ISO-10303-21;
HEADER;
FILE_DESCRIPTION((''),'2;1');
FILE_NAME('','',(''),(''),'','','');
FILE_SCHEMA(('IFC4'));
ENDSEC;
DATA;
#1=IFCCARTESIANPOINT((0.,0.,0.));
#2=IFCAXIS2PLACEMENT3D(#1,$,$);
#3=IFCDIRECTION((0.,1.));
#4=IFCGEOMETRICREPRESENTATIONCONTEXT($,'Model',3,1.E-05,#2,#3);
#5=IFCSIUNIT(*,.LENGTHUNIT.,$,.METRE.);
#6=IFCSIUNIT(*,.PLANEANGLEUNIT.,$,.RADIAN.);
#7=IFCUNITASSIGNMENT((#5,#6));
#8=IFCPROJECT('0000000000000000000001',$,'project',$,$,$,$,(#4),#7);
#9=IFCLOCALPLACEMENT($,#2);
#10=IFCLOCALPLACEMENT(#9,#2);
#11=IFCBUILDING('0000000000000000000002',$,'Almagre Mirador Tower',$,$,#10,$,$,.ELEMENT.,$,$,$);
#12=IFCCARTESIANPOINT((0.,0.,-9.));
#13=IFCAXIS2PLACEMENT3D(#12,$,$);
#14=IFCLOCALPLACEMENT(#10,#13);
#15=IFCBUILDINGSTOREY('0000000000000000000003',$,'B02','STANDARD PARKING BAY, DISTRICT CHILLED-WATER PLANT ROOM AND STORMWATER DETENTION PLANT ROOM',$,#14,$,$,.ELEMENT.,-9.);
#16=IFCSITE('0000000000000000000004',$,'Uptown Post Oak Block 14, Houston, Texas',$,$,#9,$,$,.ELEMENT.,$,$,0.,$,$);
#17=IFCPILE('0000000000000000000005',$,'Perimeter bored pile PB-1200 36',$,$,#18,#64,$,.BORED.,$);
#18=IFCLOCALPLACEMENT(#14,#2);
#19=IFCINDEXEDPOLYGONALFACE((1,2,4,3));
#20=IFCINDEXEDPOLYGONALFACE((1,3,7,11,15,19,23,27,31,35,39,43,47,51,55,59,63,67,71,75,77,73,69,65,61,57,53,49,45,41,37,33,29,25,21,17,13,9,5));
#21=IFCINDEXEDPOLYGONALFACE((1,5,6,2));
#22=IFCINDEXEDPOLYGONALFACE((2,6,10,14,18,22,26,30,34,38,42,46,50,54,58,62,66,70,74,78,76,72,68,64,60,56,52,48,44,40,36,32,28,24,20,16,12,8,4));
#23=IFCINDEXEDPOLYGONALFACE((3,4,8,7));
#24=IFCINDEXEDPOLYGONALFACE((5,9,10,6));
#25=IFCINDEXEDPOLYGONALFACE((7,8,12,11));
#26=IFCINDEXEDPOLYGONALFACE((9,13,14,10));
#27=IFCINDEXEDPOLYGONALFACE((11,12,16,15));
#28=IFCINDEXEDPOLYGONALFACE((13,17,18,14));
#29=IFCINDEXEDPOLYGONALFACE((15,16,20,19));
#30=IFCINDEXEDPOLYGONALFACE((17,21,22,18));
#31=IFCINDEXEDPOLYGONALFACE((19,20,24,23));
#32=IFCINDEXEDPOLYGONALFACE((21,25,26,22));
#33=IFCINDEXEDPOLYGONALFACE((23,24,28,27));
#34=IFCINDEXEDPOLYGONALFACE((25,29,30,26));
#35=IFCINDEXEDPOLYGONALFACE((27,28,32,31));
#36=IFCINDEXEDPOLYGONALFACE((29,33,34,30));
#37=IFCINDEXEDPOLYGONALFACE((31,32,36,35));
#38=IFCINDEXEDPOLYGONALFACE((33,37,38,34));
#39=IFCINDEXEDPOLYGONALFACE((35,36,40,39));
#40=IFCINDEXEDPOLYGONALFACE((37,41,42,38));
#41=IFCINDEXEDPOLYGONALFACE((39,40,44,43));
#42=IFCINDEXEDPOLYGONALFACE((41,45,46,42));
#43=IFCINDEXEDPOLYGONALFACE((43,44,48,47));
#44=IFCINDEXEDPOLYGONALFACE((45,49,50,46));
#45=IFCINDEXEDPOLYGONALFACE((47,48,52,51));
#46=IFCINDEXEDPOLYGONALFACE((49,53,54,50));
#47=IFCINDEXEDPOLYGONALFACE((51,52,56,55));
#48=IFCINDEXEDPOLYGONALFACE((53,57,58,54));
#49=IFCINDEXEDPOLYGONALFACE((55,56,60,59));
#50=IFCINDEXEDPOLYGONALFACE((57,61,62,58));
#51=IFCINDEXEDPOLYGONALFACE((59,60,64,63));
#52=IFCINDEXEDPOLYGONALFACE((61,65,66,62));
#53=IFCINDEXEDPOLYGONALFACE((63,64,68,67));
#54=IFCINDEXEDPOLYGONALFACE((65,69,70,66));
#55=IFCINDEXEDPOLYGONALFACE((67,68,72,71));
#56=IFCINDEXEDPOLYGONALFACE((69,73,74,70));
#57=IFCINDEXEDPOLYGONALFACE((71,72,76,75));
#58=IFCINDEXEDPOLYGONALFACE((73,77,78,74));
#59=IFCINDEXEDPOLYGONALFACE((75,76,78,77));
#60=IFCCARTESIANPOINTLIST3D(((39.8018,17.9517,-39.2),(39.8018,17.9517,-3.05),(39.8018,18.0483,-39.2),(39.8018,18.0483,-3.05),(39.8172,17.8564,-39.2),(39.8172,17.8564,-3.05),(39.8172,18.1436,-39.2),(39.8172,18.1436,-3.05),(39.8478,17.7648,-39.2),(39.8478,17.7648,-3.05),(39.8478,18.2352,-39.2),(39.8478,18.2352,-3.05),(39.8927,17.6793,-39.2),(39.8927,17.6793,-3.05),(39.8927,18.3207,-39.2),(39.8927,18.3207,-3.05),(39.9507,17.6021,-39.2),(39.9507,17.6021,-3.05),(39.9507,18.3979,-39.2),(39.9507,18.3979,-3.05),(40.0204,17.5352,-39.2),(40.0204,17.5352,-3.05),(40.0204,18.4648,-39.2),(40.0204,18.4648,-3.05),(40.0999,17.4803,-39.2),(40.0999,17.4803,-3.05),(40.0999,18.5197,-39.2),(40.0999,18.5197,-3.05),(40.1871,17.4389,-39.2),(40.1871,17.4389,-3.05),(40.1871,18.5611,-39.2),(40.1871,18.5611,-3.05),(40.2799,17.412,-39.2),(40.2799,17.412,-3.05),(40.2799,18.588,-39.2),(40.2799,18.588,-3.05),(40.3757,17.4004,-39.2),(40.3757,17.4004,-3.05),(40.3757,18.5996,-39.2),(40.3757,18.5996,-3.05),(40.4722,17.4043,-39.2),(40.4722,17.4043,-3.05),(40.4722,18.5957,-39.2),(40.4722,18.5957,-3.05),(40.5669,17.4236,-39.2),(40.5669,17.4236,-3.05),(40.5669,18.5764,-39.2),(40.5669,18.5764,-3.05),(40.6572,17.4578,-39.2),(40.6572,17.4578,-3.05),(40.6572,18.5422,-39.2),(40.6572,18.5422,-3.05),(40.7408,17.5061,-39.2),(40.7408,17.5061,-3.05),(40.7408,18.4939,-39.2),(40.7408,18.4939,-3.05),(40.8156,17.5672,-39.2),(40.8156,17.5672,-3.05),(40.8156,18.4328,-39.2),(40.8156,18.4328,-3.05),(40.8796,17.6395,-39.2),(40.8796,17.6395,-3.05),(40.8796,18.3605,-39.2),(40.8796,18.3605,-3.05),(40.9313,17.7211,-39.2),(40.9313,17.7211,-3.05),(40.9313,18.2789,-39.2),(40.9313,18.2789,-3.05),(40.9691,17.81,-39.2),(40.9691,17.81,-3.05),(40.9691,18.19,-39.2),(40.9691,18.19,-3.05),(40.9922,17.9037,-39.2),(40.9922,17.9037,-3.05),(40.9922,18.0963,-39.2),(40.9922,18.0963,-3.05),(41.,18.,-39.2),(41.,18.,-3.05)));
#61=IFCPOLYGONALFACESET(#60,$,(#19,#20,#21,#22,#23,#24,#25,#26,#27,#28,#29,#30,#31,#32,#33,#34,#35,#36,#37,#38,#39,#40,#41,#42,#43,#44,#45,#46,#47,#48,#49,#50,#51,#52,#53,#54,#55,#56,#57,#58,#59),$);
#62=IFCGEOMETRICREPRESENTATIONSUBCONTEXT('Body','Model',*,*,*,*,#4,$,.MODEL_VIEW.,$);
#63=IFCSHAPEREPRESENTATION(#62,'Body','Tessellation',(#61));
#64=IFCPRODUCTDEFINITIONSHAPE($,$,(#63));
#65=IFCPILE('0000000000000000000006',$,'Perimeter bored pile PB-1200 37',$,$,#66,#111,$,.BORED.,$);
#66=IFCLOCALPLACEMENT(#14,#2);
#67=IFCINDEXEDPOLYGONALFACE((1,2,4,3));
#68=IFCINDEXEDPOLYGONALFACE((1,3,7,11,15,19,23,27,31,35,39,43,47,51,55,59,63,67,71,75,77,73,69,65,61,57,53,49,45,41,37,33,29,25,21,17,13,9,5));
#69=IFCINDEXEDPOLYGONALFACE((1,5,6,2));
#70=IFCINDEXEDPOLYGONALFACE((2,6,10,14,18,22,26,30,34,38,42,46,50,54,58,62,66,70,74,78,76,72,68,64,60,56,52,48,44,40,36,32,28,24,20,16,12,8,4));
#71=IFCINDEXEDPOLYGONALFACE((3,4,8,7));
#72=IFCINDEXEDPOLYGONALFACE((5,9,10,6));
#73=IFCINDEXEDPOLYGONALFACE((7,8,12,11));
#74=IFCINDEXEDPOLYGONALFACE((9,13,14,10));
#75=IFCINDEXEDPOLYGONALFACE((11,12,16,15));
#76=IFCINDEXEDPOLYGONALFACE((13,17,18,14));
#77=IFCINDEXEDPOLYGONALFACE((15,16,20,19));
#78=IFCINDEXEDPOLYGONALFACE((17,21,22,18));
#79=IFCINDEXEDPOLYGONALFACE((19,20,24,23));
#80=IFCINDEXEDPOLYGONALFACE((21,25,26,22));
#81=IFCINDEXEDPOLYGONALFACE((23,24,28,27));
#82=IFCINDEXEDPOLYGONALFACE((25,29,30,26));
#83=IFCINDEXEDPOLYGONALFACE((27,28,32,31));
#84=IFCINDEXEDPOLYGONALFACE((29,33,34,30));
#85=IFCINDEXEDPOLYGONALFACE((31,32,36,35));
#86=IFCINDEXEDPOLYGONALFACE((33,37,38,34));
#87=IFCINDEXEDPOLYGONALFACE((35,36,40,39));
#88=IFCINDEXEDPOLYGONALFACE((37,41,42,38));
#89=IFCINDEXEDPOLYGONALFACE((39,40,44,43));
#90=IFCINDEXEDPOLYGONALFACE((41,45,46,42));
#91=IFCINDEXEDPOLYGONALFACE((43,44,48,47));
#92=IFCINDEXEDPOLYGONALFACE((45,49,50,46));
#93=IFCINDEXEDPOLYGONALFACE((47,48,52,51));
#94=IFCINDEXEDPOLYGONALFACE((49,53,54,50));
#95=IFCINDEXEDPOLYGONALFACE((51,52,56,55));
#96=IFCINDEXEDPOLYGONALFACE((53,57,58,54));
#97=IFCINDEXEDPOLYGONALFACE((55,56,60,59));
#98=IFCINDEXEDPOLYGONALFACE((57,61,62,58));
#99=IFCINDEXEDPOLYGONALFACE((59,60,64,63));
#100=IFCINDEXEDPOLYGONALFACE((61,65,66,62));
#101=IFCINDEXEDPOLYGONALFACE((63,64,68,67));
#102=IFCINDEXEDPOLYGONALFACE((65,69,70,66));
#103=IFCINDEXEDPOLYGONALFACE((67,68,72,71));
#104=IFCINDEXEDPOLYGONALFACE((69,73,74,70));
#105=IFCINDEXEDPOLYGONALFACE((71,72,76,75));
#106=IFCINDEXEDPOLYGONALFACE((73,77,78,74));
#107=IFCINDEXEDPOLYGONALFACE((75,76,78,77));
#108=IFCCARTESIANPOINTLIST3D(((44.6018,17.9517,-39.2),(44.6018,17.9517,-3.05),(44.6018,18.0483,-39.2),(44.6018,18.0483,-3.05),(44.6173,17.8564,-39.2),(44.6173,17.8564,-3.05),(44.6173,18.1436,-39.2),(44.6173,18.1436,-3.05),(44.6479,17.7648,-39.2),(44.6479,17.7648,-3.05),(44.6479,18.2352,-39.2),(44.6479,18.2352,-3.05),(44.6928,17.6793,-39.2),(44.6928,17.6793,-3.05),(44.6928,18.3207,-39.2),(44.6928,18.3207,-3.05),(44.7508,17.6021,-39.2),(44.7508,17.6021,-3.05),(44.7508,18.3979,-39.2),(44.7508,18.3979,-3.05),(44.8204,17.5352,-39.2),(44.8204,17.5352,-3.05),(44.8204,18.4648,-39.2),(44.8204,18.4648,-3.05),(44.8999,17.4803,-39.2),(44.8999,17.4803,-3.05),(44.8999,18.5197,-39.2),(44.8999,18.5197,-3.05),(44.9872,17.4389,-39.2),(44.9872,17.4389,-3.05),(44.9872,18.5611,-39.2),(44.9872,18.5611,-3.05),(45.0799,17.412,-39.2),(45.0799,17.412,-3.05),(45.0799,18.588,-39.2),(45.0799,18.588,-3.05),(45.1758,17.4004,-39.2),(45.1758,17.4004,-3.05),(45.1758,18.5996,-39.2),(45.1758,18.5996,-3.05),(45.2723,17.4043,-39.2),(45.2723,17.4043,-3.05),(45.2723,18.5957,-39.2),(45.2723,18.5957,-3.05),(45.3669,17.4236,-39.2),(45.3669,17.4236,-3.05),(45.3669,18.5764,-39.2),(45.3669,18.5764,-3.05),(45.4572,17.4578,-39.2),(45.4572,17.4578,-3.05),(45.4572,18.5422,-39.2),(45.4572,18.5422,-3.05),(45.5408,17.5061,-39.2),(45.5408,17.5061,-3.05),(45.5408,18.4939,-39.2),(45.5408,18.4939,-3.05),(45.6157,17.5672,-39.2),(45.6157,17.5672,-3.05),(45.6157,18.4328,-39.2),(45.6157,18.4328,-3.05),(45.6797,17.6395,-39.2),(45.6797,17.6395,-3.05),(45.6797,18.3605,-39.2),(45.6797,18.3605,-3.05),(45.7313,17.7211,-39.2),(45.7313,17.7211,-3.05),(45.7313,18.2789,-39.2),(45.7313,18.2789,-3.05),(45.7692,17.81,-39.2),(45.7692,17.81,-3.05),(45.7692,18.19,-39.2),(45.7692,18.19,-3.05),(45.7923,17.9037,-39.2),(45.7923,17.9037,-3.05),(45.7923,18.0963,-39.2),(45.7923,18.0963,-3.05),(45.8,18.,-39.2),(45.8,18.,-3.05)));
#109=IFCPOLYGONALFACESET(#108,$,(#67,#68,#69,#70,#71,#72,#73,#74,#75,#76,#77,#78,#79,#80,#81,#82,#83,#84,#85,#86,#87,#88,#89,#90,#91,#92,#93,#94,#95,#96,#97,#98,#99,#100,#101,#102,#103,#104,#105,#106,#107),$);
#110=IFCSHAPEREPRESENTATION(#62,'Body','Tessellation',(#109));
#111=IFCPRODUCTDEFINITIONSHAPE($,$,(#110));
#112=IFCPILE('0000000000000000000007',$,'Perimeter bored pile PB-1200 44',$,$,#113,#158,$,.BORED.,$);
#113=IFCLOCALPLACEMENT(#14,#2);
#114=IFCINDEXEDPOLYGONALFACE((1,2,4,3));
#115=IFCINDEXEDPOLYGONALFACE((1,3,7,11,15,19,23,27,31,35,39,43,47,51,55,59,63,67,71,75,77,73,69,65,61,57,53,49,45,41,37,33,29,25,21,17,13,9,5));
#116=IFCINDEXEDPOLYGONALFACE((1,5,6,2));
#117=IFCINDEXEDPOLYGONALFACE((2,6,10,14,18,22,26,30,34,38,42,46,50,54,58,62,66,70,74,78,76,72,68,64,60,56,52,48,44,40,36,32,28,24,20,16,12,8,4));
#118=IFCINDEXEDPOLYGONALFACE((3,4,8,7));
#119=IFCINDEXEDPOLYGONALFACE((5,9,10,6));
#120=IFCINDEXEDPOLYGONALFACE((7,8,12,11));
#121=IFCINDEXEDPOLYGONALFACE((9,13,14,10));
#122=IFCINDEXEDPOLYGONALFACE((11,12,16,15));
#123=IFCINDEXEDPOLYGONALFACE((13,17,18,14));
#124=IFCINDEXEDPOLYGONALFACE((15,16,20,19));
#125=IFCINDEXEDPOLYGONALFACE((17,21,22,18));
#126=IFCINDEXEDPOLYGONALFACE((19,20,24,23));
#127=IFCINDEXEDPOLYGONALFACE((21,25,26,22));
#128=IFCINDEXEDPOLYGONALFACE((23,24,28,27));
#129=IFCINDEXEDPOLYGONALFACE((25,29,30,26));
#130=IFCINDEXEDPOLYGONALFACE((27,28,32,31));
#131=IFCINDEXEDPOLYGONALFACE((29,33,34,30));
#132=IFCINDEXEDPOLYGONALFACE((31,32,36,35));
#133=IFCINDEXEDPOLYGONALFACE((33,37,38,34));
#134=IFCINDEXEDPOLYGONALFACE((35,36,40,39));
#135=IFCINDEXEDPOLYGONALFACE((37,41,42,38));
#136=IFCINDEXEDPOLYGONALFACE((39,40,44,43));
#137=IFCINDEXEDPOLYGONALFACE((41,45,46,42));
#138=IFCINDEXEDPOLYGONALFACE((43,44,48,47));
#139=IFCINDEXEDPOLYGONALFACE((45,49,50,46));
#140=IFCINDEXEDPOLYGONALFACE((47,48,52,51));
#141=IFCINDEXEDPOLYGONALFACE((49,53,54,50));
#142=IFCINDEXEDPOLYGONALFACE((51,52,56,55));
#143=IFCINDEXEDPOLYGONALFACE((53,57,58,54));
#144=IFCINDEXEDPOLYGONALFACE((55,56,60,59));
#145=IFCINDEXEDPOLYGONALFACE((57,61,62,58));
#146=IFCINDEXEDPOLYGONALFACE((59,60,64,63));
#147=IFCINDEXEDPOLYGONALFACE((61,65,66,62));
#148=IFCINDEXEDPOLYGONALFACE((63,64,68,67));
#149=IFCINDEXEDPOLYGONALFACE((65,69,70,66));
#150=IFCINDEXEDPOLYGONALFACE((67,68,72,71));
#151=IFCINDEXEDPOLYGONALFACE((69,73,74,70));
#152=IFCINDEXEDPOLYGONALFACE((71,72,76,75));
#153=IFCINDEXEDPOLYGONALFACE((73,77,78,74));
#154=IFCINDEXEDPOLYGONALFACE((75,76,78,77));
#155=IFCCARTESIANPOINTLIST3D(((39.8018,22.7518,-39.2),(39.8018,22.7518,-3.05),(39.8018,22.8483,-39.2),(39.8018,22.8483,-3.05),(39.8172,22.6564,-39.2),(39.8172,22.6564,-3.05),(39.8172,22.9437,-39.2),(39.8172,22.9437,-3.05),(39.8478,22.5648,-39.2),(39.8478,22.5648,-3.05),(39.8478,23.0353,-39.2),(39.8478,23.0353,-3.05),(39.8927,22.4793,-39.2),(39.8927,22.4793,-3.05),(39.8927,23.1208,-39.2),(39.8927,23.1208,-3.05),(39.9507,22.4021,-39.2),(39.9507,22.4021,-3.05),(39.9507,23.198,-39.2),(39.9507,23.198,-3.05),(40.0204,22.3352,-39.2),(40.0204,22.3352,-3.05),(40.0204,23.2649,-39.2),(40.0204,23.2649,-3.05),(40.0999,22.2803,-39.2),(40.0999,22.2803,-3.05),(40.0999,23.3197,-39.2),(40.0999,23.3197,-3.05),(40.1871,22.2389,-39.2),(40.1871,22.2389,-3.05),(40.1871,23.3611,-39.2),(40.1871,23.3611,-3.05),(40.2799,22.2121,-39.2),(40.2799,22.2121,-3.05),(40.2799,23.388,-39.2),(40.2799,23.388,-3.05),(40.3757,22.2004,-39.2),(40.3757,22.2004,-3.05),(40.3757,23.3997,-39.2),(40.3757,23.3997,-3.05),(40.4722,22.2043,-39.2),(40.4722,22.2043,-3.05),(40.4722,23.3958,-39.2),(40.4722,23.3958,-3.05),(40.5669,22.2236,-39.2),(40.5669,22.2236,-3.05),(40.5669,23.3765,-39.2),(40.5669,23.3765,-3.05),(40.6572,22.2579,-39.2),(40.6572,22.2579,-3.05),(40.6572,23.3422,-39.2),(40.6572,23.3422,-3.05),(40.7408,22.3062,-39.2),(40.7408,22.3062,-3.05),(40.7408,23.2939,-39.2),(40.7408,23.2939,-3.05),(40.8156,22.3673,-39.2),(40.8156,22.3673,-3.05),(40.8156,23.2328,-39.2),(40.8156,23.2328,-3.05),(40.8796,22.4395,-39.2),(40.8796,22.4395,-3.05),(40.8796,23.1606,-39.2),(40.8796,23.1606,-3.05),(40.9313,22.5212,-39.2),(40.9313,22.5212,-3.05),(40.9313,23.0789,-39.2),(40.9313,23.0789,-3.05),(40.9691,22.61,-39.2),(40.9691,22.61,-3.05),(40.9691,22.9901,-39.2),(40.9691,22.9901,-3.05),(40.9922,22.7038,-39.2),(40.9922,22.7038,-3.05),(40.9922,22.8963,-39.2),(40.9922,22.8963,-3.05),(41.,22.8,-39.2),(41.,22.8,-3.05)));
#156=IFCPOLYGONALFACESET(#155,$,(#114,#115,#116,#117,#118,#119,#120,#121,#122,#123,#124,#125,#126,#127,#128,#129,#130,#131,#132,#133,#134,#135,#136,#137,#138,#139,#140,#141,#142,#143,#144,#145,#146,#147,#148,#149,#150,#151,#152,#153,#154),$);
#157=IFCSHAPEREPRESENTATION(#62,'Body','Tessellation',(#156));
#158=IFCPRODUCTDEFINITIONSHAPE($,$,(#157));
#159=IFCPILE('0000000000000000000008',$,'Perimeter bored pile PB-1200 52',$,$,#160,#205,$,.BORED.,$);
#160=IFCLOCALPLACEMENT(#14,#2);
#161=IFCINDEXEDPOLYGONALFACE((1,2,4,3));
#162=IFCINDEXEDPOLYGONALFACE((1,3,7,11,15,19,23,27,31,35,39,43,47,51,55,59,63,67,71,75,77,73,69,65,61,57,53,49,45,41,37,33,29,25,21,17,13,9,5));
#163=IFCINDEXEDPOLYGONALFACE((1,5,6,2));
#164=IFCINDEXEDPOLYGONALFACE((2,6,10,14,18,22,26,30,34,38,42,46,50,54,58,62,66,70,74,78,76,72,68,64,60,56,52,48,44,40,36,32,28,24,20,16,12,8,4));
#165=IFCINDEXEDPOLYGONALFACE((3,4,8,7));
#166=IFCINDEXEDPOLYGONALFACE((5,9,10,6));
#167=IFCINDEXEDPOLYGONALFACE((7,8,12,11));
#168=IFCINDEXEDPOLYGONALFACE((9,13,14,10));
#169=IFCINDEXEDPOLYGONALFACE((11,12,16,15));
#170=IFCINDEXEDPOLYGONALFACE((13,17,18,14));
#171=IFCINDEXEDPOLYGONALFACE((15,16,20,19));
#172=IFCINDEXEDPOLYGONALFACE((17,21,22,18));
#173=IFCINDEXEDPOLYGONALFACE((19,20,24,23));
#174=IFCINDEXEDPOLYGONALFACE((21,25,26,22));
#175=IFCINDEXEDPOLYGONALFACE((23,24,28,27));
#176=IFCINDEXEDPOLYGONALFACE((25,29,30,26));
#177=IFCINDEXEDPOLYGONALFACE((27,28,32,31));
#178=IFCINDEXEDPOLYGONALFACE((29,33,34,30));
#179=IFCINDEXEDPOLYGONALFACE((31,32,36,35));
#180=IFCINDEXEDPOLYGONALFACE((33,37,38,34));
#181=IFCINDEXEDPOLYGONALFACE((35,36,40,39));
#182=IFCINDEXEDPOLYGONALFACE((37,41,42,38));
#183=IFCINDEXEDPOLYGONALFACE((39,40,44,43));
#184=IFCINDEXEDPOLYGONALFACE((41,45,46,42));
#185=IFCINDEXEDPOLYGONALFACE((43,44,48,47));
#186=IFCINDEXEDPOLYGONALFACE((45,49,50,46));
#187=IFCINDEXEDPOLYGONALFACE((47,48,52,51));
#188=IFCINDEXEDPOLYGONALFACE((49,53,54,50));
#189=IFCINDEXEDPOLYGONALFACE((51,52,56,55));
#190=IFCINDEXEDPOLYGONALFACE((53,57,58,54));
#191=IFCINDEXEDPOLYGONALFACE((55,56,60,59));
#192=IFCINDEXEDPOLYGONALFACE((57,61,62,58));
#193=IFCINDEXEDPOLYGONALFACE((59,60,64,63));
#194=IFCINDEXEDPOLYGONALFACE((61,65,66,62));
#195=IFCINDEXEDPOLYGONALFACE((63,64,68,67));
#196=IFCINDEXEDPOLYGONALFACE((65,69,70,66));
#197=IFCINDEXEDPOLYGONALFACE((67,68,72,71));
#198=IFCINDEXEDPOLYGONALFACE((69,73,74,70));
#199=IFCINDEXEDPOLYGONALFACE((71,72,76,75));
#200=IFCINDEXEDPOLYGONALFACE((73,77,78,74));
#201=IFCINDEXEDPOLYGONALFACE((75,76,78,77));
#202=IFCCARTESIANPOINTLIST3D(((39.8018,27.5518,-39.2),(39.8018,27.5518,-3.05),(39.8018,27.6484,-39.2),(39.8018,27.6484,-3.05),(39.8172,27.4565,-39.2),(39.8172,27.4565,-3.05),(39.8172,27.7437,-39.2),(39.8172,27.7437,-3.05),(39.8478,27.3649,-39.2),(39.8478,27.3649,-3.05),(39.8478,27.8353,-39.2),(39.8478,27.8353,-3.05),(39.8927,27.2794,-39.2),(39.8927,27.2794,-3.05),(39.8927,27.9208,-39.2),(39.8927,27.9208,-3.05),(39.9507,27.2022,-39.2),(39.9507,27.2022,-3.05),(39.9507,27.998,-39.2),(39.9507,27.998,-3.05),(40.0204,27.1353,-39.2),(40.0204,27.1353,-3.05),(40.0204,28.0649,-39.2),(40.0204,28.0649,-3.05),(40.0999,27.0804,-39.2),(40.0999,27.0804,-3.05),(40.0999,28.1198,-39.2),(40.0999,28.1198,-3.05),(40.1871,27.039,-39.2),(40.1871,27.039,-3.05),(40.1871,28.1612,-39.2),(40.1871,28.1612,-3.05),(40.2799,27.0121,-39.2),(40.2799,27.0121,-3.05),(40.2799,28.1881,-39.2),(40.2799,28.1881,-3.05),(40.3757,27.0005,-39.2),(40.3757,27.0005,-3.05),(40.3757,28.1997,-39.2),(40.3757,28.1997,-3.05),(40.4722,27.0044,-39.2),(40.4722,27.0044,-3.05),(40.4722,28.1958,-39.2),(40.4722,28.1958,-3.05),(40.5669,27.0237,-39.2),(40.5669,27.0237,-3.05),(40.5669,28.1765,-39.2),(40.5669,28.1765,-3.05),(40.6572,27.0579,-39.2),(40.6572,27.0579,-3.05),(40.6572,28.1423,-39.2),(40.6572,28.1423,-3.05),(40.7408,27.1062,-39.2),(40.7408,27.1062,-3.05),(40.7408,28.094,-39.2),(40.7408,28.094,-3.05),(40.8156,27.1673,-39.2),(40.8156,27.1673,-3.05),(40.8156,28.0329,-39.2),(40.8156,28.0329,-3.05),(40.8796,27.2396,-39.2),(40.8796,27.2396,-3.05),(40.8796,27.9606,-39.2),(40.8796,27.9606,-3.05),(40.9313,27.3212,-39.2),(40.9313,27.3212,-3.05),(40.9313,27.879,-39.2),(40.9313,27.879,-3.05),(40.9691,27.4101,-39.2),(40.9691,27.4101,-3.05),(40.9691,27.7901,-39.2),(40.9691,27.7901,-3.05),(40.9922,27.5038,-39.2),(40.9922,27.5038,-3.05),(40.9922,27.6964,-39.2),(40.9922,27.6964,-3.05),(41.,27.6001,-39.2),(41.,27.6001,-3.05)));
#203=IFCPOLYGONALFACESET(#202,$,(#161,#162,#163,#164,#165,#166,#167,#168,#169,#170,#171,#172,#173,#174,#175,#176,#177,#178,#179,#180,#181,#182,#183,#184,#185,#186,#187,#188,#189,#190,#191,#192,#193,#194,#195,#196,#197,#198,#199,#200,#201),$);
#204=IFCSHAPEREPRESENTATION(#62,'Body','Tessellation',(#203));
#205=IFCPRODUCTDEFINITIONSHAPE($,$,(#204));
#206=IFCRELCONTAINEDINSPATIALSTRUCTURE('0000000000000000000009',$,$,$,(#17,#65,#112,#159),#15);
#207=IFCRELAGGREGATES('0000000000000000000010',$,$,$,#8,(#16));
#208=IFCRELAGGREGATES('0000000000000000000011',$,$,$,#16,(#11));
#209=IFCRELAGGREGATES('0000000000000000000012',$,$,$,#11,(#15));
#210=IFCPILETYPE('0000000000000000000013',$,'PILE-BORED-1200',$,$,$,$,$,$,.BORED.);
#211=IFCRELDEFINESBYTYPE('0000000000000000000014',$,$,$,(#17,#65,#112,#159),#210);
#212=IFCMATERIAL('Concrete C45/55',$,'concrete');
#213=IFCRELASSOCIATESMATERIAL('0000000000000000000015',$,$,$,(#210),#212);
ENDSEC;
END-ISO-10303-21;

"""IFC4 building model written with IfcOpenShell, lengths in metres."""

from ifc_helpers import new_model, si_unit, direction, frame, origin, origin_2d, place, context, subcontext, project, spatial, circle, extrude, material, material_profile, profile_set, type_object, element, save


model = new_model("IFC4")

# Units and contexts
model_context = context("Model", 3, precision=1e-05, world=origin(), true_north=direction((0.0, 1.0)))
body_context = subcontext(model_context, "Body", "Model", "MODEL_VIEW")
ifc_project = project(units=[si_unit("LENGTHUNIT", "METRE"), si_unit("PLANEANGLEUNIT", "RADIAN")], contexts=[model_context])

# Site, building, storey
site_placement = place(None, origin())
site = spatial("IfcSite", under=ifc_project, at=site_placement, Name="Uptown Post Oak Block 14, Houston, Texas", CompositionType="ELEMENT", RefElevation=0.0)
building_placement = place(site_placement, origin())
building = spatial("IfcBuilding", under=site, at=building_placement, Name="Almagre Mirador Tower", CompositionType="ELEMENT")
storey_placement = place(building_placement, frame((0.0, 0.0, -9.0)))
storey = spatial("IfcBuildingStorey", under=building, at=storey_placement, Name="B02", Description="STANDARD PARKING BAY, DISTRICT CHILLED-WATER PLANT ROOM AND STORMWATER DETENTION PLANT ROOM", CompositionType="ELEMENT", Elevation=-9.0)

# Piles
ifc_material_1 = material(Name="Concrete C45/55", Category="concrete")
ifc_material_profile_1 = material_profile(ifc_material_1, circle(Radius=0.6001, at=origin_2d()), Name="PILE1200D")
ifc_profile_set_1 = profile_set([ifc_material_profile_1], Name="Concrete C45/55")
pile_type_1 = type_object("IfcPileType", Name="PILE-BORED-1200", PredefinedType="BORED", material=ifc_profile_set_1)
for number, where, z_axis, x_axis, name in (
    (1, (40.3999, 18.0, -3.05), (0.0, 0.0, -1.0), (1.0, 0.0, 0.0), "Perimeter bored pile PB-1200 36"),
    (2, (45.2, 18.0, -3.05), (0.0, 0.0, -1.0), (1.0, 0.0, 0.0), "Perimeter bored pile PB-1200 37"),
    (3, (40.3999, 22.8, -3.05), (0.0, 0.0, -1.0), (1.0, 0.0, 0.0), "Perimeter bored pile PB-1200 44"),
    (4, (40.3999, 27.6001, -3.05), (0.0, 0.0, -1.0), (1.0, 0.0, 0.0), "Perimeter bored pile PB-1200 52"),
):
    element("IfcPile", number, at=place(storey_placement, frame(where, z_axis=z_axis, x_axis=x_axis)), inside=storey, type_object=pile_type_1, Name=name, PredefinedType="BORED", context=body_context, shape_type="SweptSolid", body=[
        extrude(circle(Radius=0.6001, at=origin_2d()), origin(), (0.0, 0.0, 1.0), 36.1499),
    ])

save(model, "model.ifc")
